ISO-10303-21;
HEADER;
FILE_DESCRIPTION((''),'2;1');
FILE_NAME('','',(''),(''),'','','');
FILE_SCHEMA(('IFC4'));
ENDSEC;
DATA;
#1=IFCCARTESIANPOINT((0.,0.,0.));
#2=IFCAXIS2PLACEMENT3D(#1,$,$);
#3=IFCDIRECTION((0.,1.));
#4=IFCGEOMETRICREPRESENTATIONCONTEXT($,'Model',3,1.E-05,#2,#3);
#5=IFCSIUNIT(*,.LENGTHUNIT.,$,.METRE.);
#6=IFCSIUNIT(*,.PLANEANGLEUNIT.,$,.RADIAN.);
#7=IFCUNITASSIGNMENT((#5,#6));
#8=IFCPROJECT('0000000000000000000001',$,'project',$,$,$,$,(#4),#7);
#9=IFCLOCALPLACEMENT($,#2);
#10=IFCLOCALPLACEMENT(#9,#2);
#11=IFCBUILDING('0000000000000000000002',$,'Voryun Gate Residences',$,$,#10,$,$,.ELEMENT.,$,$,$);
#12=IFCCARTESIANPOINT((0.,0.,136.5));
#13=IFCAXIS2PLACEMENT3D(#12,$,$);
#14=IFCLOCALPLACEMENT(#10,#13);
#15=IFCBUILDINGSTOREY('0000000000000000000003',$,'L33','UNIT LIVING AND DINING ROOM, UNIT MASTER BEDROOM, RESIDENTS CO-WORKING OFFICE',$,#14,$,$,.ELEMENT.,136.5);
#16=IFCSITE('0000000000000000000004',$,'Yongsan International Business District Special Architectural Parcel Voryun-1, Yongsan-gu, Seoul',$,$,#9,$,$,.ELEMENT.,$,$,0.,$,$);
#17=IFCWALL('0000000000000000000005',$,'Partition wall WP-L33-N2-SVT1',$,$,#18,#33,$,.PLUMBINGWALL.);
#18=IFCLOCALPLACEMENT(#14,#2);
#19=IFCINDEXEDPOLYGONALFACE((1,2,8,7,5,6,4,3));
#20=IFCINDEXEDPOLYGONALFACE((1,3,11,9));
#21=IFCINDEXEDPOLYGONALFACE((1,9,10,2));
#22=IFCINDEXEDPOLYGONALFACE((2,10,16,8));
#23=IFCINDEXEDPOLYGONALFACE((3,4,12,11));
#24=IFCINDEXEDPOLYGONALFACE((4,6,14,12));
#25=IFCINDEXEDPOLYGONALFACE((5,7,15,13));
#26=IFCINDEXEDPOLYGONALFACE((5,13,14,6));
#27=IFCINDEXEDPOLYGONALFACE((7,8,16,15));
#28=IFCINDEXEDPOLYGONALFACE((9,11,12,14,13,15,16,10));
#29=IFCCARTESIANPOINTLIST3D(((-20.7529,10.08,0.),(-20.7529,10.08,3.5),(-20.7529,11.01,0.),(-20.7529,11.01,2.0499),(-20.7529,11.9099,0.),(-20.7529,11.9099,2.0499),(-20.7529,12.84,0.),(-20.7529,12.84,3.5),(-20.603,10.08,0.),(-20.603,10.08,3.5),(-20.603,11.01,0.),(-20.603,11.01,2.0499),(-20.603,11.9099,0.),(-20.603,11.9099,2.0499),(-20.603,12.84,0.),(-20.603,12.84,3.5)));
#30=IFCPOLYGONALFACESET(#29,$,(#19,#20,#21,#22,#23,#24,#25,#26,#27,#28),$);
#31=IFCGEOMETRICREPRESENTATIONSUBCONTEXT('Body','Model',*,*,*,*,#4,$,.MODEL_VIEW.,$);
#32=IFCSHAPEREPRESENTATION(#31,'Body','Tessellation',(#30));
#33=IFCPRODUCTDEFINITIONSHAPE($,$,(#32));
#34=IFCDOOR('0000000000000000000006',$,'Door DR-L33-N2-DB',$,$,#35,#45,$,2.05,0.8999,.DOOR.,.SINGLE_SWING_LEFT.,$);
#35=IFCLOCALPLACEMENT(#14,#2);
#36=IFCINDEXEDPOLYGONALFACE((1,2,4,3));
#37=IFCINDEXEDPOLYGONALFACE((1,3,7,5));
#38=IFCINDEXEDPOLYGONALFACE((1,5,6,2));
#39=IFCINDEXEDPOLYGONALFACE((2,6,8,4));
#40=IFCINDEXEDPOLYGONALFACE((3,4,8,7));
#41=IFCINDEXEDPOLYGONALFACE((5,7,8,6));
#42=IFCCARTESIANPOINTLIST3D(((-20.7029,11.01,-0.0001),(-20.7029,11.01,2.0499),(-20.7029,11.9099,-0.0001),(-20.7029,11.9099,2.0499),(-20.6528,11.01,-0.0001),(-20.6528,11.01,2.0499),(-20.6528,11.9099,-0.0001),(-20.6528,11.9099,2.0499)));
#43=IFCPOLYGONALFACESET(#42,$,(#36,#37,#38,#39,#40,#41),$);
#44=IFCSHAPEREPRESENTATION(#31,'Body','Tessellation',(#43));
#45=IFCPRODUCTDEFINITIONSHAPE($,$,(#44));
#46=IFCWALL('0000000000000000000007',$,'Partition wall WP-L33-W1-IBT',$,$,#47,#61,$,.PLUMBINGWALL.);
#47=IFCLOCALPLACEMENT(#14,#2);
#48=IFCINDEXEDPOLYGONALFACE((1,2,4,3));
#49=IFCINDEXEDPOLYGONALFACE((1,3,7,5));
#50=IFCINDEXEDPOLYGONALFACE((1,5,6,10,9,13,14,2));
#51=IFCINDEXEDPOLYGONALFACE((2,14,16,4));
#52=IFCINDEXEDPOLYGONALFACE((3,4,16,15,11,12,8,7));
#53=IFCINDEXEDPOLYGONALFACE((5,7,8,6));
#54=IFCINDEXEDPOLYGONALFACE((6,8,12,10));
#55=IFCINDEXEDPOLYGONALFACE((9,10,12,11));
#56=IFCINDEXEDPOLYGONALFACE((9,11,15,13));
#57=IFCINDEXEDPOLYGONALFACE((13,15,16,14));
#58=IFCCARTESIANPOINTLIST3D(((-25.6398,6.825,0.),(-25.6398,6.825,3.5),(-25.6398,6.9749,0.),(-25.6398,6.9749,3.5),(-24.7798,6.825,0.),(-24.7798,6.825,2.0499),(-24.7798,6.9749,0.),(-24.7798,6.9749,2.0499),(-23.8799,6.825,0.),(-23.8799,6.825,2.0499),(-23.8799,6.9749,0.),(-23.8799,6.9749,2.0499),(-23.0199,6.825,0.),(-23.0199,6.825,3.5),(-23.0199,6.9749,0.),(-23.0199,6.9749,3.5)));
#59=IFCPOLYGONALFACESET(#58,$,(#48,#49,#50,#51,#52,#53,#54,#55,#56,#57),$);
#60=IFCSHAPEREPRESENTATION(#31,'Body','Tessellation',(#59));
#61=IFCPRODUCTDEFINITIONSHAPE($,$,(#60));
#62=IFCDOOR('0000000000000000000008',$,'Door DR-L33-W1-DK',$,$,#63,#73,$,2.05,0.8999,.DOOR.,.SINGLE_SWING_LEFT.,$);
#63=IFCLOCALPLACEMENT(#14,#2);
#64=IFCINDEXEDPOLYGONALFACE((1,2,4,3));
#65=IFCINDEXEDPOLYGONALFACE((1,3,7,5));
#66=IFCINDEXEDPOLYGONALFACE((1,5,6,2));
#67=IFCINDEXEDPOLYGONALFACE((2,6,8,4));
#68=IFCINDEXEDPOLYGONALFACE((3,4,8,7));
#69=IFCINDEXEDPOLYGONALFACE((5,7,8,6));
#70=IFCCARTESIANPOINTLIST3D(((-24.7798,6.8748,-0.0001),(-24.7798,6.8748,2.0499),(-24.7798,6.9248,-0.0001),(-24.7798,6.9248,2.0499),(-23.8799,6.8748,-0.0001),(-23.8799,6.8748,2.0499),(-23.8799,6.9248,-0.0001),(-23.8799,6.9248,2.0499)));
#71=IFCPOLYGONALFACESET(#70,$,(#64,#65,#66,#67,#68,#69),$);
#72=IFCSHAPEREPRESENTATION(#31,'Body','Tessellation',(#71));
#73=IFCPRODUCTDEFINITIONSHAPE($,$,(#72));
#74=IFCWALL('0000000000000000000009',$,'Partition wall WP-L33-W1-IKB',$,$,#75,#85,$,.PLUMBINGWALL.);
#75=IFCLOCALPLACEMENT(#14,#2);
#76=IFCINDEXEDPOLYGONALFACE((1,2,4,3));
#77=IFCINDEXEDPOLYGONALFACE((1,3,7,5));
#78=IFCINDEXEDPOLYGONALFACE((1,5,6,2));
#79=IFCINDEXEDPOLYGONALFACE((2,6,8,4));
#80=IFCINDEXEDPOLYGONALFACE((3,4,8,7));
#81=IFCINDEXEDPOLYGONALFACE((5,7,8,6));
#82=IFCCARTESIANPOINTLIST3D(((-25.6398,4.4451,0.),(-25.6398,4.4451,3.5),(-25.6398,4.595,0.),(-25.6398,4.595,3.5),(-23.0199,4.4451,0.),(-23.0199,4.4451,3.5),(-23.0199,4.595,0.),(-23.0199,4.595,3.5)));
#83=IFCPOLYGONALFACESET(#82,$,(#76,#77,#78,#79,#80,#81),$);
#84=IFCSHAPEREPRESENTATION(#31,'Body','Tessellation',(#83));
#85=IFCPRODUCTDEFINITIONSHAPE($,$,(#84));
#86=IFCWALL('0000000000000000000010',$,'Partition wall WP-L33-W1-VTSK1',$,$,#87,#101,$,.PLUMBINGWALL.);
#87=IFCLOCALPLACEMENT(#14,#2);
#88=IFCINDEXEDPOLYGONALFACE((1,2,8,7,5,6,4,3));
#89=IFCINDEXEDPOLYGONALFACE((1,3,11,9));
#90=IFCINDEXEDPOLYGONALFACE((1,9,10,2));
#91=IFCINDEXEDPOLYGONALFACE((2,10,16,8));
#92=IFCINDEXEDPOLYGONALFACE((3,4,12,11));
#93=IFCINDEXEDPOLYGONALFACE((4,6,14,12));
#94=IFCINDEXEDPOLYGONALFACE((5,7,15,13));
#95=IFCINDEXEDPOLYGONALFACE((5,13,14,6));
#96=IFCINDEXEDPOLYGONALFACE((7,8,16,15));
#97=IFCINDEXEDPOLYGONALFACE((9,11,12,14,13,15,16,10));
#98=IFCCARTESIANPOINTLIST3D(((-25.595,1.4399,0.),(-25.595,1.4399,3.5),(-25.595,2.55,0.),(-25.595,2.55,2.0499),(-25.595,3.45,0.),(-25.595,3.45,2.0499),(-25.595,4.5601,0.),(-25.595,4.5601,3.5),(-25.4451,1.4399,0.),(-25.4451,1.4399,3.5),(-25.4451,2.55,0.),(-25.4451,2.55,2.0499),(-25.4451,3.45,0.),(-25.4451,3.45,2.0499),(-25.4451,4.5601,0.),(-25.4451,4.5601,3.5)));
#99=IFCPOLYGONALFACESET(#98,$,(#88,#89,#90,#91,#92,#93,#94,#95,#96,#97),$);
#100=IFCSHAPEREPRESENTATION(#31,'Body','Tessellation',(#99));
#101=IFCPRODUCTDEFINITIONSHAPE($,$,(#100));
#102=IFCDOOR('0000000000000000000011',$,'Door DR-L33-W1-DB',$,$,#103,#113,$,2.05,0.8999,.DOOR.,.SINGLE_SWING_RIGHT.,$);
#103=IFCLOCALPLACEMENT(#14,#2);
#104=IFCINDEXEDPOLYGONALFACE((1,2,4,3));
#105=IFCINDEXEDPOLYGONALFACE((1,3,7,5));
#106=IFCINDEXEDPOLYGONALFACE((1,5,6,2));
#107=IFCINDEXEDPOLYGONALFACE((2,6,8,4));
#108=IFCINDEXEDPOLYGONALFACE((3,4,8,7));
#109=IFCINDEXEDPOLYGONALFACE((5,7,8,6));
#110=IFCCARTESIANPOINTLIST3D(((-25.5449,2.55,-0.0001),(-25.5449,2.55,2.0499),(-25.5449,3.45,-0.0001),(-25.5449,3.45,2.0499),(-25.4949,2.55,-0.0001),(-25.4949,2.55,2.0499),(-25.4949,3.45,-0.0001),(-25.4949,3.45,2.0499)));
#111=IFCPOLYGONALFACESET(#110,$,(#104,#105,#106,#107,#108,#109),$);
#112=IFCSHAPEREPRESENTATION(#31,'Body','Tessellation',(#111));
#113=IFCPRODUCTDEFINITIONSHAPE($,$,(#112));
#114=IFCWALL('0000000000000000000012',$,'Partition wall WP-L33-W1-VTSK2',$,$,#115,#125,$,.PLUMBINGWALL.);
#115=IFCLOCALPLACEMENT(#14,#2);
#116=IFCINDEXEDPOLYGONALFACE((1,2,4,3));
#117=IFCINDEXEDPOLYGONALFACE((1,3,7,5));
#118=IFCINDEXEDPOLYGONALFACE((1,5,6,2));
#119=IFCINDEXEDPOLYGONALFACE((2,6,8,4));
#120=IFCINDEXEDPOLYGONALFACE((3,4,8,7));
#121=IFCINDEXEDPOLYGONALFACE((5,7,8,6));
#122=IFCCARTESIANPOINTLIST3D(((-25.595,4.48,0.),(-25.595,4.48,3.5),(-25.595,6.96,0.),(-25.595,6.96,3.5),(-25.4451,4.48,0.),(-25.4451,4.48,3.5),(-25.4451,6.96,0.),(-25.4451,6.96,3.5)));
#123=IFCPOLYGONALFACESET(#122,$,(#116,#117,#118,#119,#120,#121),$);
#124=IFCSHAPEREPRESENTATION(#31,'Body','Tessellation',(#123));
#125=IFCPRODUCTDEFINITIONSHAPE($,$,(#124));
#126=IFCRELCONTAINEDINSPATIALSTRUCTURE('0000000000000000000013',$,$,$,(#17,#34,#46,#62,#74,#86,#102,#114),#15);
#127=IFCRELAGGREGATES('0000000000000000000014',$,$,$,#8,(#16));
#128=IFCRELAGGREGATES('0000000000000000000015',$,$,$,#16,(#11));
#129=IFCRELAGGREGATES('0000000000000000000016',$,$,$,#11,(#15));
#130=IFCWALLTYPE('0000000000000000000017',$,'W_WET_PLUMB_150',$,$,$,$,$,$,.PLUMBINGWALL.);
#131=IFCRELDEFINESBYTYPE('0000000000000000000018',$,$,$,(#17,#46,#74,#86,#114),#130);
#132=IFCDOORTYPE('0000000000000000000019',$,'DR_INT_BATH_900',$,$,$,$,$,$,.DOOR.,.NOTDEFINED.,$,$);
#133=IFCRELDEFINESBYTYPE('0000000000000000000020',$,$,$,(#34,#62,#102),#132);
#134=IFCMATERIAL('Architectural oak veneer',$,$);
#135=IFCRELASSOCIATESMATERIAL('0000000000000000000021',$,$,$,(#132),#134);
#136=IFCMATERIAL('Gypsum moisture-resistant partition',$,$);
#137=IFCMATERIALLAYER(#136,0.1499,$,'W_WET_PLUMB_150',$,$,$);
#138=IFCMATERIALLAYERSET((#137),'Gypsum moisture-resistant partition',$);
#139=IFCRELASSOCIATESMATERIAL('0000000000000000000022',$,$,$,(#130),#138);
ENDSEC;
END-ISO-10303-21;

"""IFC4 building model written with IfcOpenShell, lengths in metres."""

from ifc_helpers import new_model, si_unit, direction, frame, frame_2d, origin, place, context, subcontext, project, spatial, rectangle, extrude, material, layer, layer_set, type_object, element, fill, save


model = new_model("IFC4")

# Units and contexts
model_context = context("Model", 3, precision=1e-05, world=origin(), true_north=direction((0.0, 1.0)))
body_context = subcontext(model_context, "Body", "Model", "MODEL_VIEW")
ifc_project = project(units=[si_unit("LENGTHUNIT", "METRE"), si_unit("PLANEANGLEUNIT", "RADIAN")], contexts=[model_context])

# Site, building, storey
site_placement = place(None, origin())
site = spatial("IfcSite", under=ifc_project, at=site_placement, Name="Yongsan International Business District Special Architectural Parcel Voryun-1, Yongsan-gu, Seoul", CompositionType="ELEMENT", RefElevation=0.0)
building_placement = place(site_placement, origin())
building = spatial("IfcBuilding", under=site, at=building_placement, Name="Voryun Gate Residences", CompositionType="ELEMENT")
storey_placement = place(building_placement, frame((0.0, 0.0, 136.5)))
storey = spatial("IfcBuildingStorey", under=building, at=storey_placement, Name="L33", Description="UNIT LIVING AND DINING ROOM, UNIT MASTER BEDROOM, RESIDENTS CO-WORKING OFFICE", CompositionType="ELEMENT", Elevation=136.5)

# Walls, openings, doors
ifc_material_1 = material(Name="Architectural oak veneer")
door_type = type_object("IfcDoorType", Name="DR_INT_BATH_900", OperationType="NOTDEFINED", PredefinedType="DOOR", material=ifc_material_1)
ifc_material_2 = material(Name="Gypsum moisture-resistant partition")
ifc_layer_1 = layer(ifc_material_2, 0.1499, Name="W_WET_PLUMB_150")
ifc_layer_set_1 = layer_set([ifc_layer_1], Name="Gypsum moisture-resistant partition")
wall_type_1 = type_object("IfcWallType", Name="W_WET_PLUMB_150", PredefinedType="PLUMBINGWALL", material=ifc_layer_set_1)
wall_1_placement = place(storey_placement, frame((-20.678, 10.0801, 0.0), z_axis=(0.0, 0.0, 1.0), x_axis=(0.0, 1.0, 0.0)))
wall_1 = element("IfcWall", 1, at=wall_1_placement, inside=storey, type_object=wall_type_1, Name="Partition wall WP-L33-N2-SVT1", PredefinedType="PLUMBINGWALL", context=body_context, shape_type="SweptSolid", body=[
    extrude(rectangle(XDim=2.76, YDim=0.1499, at=frame_2d((1.3799, 0.0))), origin(), (0.0, 0.0, 1.0), 3.5),
])
opening_1_placement = place(wall_1_placement, frame((0.9299, 0.0, 0.0)))
opening_1 = element("IfcOpeningElement", 2, at=opening_1_placement, cuts=wall_1, PredefinedType="OPENING", context=body_context, shape_type="SweptSolid", body=[
    extrude(rectangle(XDim=0.8999, YDim=2.05, at=frame_2d((0.45, 1.0249))), frame((0.0, 0.085, 0.0), z_axis=(0.0, -1.0, 0.0), x_axis=(1.0, 0.0, 0.0)), (0.0, 0.0, 1.0), 0.1699),
])
door_1_placement = place(opening_1_placement, origin())
door_1 = element("IfcDoor", 3, at=door_1_placement, inside=storey, type_object=door_type, Name="Door DR-L33-N2-DB", OperationType="SINGLE_SWING_LEFT", OverallHeight=2.05, OverallWidth=0.8999, PredefinedType="DOOR", context=body_context, shape_type="SweptSolid", body=[
    extrude(rectangle(XDim=0.8999, YDim=2.05, at=frame_2d((0.45, 1.0249))), frame((0.0, 0.0249, 0.0), z_axis=(0.0, -1.0, 0.0), x_axis=(1.0, 0.0, 0.0)), (0.0, 0.0, 1.0), 0.05),
])
fill(opening_1, door_1)
wall_2_placement = place(storey_placement, frame((-25.6399, 6.8999, 0.0), z_axis=(0.0, 0.0, 1.0), x_axis=(1.0, 0.0, 0.0)))
wall_2 = element("IfcWall", 4, at=wall_2_placement, inside=storey, type_object=wall_type_1, Name="Partition wall WP-L33-W1-IBT", PredefinedType="PLUMBINGWALL", context=body_context, shape_type="SweptSolid", body=[
    extrude(rectangle(XDim=2.6199, YDim=0.1499, at=frame_2d((1.3101, 0.0))), origin(), (0.0, 0.0, 1.0), 3.5),
])
opening_2_placement = place(wall_2_placement, frame((0.8601, 0.0, 0.0)))
opening_2 = element("IfcOpeningElement", 5, at=opening_2_placement, cuts=wall_2, PredefinedType="OPENING", context=body_context, shape_type="SweptSolid", body=[
    extrude(rectangle(XDim=0.8999, YDim=2.05, at=frame_2d((0.45, 1.0249))), frame((0.0, 0.085, 0.0), z_axis=(0.0, -1.0, 0.0), x_axis=(1.0, 0.0, 0.0)), (0.0, 0.0, 1.0), 0.1699),
])
door_2_placement = place(opening_2_placement, origin())
door_2 = element("IfcDoor", 6, at=door_2_placement, inside=storey, type_object=door_type, Name="Door DR-L33-W1-DK", OperationType="SINGLE_SWING_LEFT", OverallHeight=2.05, OverallWidth=0.8999, PredefinedType="DOOR", context=body_context, shape_type="SweptSolid", body=[
    extrude(rectangle(XDim=0.8999, YDim=2.05, at=frame_2d((0.45, 1.0249))), frame((0.0, 0.0249, 0.0), z_axis=(0.0, -1.0, 0.0), x_axis=(1.0, 0.0, 0.0)), (0.0, 0.0, 1.0), 0.05),
])
fill(opening_2, door_2)

# Wall
wall_3_placement = place(storey_placement, frame((-25.6399, 4.52, 0.0), z_axis=(0.0, 0.0, 1.0), x_axis=(1.0, 0.0, 0.0)))
element("IfcWall", 7, at=wall_3_placement, inside=storey, type_object=wall_type_1, Name="Partition wall WP-L33-W1-IKB", PredefinedType="PLUMBINGWALL", context=body_context, shape_type="SweptSolid", body=[
    extrude(rectangle(XDim=2.6199, YDim=0.1499, at=frame_2d((1.3101, 0.0))), origin(), (0.0, 0.0, 1.0), 3.5),
])

# Wall, opening, door
wall_4_placement = place(storey_placement, frame((-25.52, 1.4399, 0.0), z_axis=(0.0, 0.0, 1.0), x_axis=(0.0, 1.0, 0.0)))
wall_4 = element("IfcWall", 8, at=wall_4_placement, inside=storey, type_object=wall_type_1, Name="Partition wall WP-L33-W1-VTSK1", PredefinedType="PLUMBINGWALL", context=body_context, shape_type="SweptSolid", body=[
    extrude(rectangle(XDim=3.1201, YDim=0.1499, at=frame_2d((1.5601, 0.0))), origin(), (0.0, 0.0, 1.0), 3.5),
])
opening_3_placement = place(wall_4_placement, frame((1.1101, 0.0, 0.0)))
opening_3 = element("IfcOpeningElement", 9, at=opening_3_placement, cuts=wall_4, PredefinedType="OPENING", context=body_context, shape_type="SweptSolid", body=[
    extrude(rectangle(XDim=0.8999, YDim=2.05, at=frame_2d((0.45, 1.0249))), frame((0.0, 0.085, 0.0), z_axis=(0.0, -1.0, 0.0), x_axis=(1.0, 0.0, 0.0)), (0.0, 0.0, 1.0), 0.1699),
])
door_3_placement = place(opening_3_placement, origin())
door_3 = element("IfcDoor", 10, at=door_3_placement, inside=storey, type_object=door_type, Name="Door DR-L33-W1-DB", OperationType="SINGLE_SWING_RIGHT", OverallHeight=2.05, OverallWidth=0.8999, PredefinedType="DOOR", context=body_context, shape_type="SweptSolid", body=[
    extrude(rectangle(XDim=0.8999, YDim=2.05, at=frame_2d((0.45, 1.0249))), frame((0.0, 0.0249, 0.0), z_axis=(0.0, -1.0, 0.0), x_axis=(1.0, 0.0, 0.0)), (0.0, 0.0, 1.0), 0.05),
])
fill(opening_3, door_3)

# Wall
wall_5_placement = place(storey_placement, frame((-25.52, 4.48, 0.0), z_axis=(0.0, 0.0, 1.0), x_axis=(0.0, 1.0, 0.0)))
element("IfcWall", 11, at=wall_5_placement, inside=storey, type_object=wall_type_1, Name="Partition wall WP-L33-W1-VTSK2", PredefinedType="PLUMBINGWALL", context=body_context, shape_type="SweptSolid", body=[
    extrude(rectangle(XDim=2.48, YDim=0.1499, at=frame_2d((1.24, 0.0))), origin(), (0.0, 0.0, 1.0), 3.5),
])

save(model, "model.ifc")
